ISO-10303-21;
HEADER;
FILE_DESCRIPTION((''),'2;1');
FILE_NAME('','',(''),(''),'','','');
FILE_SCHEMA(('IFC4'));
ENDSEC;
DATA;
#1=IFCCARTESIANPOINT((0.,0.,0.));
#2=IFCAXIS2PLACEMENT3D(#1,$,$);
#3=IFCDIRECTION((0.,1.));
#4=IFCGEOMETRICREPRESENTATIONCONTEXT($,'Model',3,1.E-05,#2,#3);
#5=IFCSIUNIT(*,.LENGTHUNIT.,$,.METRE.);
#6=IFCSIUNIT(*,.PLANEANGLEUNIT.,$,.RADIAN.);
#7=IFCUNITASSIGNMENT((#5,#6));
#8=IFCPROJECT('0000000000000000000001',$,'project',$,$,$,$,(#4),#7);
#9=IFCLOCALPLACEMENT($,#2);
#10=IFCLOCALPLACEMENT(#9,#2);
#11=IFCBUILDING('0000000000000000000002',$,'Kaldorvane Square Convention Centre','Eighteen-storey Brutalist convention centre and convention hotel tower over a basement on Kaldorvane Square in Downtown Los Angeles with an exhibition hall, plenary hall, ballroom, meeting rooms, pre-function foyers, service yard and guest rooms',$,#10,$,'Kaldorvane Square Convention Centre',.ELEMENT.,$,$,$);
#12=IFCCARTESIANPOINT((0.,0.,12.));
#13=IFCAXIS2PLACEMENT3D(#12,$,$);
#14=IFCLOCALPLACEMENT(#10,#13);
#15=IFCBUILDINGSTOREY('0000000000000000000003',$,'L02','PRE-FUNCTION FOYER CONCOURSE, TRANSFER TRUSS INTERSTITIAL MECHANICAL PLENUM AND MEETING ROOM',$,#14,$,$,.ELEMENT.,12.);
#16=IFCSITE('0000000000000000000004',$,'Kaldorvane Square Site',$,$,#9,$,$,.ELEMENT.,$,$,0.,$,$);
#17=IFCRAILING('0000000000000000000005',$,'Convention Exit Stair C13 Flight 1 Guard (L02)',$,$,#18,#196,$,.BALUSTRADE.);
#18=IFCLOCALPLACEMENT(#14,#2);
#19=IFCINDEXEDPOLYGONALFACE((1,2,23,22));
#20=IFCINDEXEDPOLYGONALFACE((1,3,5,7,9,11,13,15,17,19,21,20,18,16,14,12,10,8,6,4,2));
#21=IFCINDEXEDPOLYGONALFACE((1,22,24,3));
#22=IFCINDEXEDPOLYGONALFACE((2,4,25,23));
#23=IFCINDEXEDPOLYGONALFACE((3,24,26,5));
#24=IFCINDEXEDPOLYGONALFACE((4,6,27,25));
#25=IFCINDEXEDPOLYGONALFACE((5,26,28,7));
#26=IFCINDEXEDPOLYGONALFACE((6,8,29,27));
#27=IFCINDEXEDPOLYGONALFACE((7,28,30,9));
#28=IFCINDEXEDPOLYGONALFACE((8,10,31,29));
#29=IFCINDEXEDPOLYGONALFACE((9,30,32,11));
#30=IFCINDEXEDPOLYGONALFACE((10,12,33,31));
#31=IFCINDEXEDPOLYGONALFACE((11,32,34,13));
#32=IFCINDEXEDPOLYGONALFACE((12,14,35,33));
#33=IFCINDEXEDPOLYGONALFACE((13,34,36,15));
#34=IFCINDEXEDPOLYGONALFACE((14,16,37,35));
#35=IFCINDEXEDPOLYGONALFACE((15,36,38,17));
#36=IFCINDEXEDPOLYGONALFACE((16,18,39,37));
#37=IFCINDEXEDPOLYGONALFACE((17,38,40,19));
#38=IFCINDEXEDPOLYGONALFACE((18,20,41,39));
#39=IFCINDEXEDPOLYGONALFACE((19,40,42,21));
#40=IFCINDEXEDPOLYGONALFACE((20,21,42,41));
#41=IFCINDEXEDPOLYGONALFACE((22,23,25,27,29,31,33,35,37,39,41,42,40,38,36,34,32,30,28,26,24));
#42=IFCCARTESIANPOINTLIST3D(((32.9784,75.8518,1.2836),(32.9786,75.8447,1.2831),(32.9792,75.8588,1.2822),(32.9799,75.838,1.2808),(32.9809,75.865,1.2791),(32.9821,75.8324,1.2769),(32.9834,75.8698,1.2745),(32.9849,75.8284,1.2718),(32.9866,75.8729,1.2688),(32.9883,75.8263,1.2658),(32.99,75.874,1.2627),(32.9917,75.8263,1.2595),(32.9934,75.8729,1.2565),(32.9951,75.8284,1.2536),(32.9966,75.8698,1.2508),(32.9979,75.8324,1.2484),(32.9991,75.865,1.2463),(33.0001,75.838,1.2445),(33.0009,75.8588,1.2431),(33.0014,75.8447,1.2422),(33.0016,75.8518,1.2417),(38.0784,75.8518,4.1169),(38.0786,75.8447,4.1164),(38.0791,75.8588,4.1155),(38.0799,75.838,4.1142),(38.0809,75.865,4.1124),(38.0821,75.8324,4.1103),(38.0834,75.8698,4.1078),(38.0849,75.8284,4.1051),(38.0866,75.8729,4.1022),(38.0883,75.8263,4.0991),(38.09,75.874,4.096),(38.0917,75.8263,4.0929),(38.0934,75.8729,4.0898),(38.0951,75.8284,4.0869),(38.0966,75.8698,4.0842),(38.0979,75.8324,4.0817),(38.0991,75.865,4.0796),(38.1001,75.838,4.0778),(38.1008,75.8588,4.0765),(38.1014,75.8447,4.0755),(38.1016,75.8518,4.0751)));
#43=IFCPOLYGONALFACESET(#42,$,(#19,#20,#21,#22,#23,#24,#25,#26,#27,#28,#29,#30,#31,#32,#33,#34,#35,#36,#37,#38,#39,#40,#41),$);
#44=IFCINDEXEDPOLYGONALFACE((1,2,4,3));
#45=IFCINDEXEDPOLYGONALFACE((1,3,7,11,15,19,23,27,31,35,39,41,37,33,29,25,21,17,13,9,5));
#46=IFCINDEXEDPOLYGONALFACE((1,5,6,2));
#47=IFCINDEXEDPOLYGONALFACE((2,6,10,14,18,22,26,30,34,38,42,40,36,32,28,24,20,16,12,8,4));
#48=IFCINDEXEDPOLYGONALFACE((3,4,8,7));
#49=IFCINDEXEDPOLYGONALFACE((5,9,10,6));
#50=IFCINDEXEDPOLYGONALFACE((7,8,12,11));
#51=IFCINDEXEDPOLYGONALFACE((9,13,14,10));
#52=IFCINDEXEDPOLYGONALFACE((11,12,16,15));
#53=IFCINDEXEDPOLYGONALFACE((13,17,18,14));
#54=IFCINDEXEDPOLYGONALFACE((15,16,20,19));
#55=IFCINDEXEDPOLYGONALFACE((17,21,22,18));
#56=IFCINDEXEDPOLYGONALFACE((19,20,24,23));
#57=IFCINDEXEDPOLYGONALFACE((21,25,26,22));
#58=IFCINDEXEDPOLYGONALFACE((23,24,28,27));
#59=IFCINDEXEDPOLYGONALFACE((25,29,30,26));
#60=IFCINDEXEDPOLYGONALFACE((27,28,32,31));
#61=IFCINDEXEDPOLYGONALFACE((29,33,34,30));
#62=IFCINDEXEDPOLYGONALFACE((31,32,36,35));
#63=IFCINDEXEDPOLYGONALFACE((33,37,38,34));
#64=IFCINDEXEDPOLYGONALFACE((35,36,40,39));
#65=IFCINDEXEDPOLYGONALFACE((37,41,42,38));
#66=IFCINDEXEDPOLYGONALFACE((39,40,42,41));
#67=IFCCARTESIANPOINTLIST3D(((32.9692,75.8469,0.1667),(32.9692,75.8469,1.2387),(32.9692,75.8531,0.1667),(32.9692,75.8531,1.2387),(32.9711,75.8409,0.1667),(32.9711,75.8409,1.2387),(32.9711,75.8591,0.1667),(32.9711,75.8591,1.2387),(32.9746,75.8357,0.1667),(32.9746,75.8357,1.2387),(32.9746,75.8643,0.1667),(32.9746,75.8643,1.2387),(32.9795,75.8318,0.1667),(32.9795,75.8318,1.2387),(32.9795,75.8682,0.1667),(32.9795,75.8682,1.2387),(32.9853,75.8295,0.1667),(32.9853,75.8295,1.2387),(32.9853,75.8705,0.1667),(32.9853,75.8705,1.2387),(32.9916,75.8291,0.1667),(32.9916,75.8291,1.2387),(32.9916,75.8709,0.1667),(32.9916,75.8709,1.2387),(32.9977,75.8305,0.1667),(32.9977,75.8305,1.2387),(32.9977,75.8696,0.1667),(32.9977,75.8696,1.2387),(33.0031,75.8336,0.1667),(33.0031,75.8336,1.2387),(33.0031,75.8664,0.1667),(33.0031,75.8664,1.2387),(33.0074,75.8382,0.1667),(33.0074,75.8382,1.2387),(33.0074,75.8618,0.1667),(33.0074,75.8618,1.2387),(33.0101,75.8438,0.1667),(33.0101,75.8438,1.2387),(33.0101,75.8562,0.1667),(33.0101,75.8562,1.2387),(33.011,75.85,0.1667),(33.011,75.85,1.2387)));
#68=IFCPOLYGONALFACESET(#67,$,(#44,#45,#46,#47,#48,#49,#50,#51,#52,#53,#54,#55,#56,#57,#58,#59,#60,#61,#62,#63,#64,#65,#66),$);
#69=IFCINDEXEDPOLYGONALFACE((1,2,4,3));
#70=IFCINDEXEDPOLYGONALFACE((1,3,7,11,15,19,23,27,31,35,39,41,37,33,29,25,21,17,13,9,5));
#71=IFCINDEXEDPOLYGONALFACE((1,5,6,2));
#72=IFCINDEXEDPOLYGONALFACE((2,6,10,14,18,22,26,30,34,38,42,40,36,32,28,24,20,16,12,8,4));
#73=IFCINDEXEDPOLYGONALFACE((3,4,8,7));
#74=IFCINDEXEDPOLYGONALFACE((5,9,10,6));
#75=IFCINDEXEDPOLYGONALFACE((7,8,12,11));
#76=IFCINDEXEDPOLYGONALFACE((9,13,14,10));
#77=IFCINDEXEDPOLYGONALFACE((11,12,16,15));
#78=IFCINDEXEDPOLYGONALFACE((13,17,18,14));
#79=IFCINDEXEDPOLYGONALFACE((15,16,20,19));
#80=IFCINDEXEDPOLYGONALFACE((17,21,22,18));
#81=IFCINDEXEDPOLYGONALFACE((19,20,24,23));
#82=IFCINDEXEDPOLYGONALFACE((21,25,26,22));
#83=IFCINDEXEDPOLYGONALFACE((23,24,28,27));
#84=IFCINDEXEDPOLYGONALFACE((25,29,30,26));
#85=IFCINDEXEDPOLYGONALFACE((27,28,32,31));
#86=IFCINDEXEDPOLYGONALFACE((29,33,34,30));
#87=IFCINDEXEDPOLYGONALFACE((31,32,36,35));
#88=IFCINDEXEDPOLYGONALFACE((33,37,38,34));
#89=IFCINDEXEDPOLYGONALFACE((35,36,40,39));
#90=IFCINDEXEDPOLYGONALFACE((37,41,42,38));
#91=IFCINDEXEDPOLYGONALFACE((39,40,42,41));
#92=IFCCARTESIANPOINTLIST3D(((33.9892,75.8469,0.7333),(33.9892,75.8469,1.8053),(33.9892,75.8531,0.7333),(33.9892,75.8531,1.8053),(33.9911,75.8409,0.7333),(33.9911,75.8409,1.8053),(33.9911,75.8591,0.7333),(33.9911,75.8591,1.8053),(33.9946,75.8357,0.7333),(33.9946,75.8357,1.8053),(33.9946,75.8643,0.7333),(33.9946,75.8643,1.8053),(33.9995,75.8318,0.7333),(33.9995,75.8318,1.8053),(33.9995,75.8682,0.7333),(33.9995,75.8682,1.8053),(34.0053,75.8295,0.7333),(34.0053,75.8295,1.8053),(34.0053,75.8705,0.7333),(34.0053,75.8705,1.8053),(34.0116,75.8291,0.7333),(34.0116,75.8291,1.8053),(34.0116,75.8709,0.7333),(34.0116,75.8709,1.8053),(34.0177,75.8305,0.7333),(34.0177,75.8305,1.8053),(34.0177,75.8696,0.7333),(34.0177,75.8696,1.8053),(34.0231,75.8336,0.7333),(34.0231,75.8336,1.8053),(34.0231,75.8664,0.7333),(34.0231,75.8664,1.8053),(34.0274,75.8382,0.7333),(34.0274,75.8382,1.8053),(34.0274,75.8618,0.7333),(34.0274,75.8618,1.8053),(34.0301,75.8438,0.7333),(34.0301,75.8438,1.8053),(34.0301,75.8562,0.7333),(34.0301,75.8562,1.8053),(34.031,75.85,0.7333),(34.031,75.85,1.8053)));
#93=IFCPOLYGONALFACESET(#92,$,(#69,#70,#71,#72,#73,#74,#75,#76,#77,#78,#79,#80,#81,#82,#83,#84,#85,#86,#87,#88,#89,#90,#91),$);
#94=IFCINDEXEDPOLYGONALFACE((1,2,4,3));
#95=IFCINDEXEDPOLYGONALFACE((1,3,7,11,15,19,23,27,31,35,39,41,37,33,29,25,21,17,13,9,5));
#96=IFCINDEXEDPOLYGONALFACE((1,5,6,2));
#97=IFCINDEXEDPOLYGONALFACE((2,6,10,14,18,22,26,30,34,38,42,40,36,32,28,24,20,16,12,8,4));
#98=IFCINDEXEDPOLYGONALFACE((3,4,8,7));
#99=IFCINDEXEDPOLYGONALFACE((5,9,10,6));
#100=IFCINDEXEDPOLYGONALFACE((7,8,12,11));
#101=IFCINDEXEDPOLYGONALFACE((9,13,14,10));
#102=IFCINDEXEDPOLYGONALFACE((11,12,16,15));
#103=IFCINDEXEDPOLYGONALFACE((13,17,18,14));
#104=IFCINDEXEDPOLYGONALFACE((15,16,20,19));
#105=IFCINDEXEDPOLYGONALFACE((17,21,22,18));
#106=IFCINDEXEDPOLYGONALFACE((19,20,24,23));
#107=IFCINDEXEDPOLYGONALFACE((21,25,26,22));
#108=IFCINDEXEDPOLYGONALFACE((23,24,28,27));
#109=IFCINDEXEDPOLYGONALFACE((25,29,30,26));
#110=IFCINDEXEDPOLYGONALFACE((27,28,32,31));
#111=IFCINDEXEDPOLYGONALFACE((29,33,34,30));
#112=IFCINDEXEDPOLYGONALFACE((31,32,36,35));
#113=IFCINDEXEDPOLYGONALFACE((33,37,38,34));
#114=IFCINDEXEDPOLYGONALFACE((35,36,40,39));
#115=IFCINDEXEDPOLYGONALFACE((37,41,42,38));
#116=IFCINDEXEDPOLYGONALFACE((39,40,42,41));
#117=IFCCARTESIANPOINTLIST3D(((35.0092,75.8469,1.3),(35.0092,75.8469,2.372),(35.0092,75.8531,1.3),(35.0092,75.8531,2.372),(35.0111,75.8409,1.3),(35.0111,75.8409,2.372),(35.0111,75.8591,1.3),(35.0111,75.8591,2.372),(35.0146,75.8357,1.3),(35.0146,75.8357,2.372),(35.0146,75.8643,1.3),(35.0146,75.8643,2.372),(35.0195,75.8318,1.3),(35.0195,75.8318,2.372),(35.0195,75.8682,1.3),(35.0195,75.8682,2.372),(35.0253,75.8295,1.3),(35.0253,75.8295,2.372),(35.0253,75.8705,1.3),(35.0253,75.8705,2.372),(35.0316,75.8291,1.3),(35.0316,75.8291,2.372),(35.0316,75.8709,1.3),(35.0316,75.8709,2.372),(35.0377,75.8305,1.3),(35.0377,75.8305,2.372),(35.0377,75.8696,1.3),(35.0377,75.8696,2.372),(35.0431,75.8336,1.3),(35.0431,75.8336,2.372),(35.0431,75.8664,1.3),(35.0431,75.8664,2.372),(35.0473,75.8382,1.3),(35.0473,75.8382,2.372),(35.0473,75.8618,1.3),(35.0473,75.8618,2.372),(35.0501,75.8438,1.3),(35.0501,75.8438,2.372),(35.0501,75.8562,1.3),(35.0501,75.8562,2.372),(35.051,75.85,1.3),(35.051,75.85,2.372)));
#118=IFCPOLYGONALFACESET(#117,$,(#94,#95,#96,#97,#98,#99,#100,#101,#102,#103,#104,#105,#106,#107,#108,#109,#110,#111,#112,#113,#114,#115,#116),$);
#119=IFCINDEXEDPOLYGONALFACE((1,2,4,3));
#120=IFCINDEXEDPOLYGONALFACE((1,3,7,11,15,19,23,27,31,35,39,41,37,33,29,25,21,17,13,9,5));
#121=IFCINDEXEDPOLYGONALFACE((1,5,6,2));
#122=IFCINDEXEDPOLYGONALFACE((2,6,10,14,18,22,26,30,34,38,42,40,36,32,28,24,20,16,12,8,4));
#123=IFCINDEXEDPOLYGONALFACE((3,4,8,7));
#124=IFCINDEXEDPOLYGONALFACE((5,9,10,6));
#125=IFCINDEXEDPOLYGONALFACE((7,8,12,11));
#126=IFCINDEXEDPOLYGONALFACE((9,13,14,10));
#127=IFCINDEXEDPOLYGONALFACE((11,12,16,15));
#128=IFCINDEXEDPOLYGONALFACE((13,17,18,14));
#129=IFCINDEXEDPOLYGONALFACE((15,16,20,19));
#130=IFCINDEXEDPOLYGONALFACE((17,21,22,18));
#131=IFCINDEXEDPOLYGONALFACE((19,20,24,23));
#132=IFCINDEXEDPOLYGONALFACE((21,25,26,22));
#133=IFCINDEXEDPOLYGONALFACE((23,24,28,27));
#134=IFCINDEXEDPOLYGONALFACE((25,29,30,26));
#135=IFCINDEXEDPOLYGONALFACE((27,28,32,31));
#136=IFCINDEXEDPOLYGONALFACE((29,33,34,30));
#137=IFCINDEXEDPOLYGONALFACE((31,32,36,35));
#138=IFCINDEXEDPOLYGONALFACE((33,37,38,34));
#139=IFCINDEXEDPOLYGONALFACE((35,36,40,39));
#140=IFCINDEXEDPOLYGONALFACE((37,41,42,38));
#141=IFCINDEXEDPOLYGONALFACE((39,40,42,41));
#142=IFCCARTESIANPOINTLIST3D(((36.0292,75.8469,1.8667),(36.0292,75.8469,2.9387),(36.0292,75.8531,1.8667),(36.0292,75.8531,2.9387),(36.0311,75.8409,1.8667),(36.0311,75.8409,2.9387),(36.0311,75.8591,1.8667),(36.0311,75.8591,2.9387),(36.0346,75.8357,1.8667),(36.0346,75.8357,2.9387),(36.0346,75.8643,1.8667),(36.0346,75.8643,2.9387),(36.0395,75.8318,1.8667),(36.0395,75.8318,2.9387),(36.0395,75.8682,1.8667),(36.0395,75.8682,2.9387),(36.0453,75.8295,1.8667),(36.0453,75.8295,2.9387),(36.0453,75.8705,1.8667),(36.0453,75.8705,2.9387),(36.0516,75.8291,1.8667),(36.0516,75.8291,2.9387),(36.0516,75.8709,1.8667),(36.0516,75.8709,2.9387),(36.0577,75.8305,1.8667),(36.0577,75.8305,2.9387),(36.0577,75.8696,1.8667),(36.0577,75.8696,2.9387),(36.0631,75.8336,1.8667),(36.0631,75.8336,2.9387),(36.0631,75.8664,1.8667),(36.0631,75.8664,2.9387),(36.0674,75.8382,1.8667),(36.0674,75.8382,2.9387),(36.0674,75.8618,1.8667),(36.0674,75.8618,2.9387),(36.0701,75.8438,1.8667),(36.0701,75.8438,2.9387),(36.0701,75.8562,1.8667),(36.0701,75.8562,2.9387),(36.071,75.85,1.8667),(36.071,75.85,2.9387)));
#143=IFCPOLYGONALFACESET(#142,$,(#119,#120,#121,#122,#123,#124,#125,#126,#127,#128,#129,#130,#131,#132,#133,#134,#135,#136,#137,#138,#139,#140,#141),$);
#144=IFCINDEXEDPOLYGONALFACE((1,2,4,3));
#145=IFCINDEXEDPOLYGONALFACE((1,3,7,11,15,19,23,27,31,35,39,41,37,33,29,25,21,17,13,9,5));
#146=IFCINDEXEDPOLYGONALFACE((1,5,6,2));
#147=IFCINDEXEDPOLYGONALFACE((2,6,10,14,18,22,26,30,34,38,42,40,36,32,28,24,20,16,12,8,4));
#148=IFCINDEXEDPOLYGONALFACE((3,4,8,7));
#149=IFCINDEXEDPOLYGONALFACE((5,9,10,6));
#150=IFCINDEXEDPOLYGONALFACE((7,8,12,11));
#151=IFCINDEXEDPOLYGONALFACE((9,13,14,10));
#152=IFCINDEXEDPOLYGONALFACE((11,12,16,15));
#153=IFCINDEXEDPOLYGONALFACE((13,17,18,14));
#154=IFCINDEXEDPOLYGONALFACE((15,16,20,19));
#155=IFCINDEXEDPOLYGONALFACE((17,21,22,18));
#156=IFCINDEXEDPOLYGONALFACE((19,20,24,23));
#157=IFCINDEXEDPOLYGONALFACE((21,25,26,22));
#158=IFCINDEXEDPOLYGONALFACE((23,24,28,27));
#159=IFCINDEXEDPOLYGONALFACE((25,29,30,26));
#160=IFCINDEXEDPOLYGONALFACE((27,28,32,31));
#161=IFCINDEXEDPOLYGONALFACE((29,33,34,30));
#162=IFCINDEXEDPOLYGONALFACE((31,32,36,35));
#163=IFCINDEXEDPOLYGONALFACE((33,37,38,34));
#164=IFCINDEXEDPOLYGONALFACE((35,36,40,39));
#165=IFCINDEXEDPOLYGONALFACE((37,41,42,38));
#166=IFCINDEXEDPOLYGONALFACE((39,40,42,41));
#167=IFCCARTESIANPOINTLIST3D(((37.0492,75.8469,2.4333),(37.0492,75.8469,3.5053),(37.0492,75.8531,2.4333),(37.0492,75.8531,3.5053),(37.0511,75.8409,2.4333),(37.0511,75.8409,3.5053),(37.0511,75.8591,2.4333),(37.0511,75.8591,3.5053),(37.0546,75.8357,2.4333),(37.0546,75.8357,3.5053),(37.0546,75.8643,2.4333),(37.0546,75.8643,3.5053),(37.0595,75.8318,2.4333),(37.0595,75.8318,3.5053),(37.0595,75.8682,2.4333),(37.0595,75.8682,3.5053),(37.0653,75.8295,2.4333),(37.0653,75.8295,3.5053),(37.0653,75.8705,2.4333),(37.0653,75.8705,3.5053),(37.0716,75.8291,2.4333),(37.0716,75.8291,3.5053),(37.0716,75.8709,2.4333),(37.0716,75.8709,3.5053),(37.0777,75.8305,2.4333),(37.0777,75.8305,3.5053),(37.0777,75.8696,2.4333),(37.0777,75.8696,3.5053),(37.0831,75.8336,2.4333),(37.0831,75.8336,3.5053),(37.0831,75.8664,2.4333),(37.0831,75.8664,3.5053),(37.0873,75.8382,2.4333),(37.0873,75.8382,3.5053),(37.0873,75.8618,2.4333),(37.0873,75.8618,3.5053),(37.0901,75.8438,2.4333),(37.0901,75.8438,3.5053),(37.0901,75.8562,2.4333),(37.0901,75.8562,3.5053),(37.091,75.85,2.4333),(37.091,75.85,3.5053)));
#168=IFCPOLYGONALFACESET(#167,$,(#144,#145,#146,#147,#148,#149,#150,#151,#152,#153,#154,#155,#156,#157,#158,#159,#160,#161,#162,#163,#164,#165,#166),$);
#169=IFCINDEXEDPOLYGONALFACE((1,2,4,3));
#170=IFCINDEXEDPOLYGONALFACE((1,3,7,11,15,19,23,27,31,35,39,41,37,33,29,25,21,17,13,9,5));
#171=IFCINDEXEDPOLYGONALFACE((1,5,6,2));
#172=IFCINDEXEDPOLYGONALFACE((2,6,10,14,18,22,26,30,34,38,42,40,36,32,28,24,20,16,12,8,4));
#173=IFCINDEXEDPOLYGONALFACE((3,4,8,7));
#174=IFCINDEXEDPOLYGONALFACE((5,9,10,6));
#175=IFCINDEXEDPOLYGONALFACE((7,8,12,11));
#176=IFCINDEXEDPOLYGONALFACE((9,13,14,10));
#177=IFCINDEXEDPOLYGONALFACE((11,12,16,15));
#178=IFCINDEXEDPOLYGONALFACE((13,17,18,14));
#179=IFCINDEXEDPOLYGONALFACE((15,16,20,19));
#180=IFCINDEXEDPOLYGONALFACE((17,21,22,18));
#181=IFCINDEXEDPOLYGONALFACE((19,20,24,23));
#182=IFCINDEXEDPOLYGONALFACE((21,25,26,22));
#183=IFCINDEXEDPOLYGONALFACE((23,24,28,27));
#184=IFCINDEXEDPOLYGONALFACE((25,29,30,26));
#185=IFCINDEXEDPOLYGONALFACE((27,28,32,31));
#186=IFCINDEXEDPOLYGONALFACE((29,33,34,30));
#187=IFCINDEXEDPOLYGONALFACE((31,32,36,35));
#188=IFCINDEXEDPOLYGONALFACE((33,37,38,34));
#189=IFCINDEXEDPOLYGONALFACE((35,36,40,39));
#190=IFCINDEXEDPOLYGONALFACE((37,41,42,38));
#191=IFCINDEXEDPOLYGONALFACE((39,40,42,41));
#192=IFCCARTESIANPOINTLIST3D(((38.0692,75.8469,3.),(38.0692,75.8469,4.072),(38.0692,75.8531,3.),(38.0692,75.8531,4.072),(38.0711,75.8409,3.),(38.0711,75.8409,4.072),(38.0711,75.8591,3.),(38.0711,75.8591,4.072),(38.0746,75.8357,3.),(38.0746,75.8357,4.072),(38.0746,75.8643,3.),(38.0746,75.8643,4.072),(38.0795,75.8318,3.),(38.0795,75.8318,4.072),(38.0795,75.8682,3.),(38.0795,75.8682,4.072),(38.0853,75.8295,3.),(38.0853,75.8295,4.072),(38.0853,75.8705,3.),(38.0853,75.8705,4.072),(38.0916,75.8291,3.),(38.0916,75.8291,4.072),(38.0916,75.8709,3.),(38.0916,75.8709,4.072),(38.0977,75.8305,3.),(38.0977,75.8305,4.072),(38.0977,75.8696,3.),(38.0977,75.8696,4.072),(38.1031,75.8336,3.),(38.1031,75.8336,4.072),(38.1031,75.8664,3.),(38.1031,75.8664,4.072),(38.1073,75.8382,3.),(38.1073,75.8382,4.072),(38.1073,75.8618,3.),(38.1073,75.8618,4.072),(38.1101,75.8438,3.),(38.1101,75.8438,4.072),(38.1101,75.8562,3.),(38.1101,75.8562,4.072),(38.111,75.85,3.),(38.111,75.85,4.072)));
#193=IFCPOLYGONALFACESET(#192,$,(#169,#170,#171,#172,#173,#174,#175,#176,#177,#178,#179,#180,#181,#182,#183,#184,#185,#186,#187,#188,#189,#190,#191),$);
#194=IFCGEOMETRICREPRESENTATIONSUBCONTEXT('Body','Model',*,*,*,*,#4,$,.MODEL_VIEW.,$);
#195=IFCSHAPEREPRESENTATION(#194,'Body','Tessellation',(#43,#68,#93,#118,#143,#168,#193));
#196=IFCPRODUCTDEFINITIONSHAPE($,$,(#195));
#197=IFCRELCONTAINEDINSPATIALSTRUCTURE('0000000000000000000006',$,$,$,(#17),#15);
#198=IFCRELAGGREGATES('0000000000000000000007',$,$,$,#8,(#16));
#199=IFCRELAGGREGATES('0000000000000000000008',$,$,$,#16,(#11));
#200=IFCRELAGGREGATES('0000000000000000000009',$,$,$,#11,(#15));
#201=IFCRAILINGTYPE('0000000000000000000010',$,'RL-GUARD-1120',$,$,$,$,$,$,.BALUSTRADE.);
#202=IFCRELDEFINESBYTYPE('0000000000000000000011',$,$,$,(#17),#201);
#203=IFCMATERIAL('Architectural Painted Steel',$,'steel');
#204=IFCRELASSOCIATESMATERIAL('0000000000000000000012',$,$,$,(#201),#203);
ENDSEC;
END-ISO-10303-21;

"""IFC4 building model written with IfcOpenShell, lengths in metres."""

from ifc_helpers import new_model, si_unit, direction, frame, origin, origin_2d, place, context, subcontext, project, spatial, circle, extrude, material, type_object, element, save


model = new_model("IFC4")

# Units and contexts
model_context = context("Model", 3, precision=1e-05, world=origin(), true_north=direction((0.0, 1.0)))
body_context = subcontext(model_context, "Body", "Model", "MODEL_VIEW")
ifc_project = project(units=[si_unit("LENGTHUNIT", "METRE"), si_unit("PLANEANGLEUNIT", "RADIAN")], contexts=[model_context])

# Site, building, storey
site_placement = place(None, origin())
site = spatial("IfcSite", under=ifc_project, at=site_placement, Name="Kaldorvane Square Site", CompositionType="ELEMENT", RefElevation=0.0)
building_placement = place(site_placement, origin())
building = spatial("IfcBuilding", under=site, at=building_placement, Name="Kaldorvane Square Convention Centre", Description="Eighteen-storey Brutalist convention centre and convention hotel tower over a basement on Kaldorvane Square in Downtown Los Angeles with an exhibition hall, plenary hall, ballroom, meeting rooms, pre-function foyers, service yard and guest rooms", LongName="Kaldorvane Square Convention Centre", CompositionType="ELEMENT")
storey_placement = place(building_placement, frame((0.0, 0.0, 12.0)))
storey = spatial("IfcBuildingStorey", under=building, at=storey_placement, Name="L02", Description="PRE-FUNCTION FOYER CONCOURSE, TRANSFER TRUSS INTERSTITIAL MECHANICAL PLENUM AND MEETING ROOM", CompositionType="ELEMENT", Elevation=12.0)

# Railing
ifc_material_1 = material(Name="Architectural Painted Steel", Category="steel")
railing_type_1 = type_object("IfcRailingType", Name="RL-GUARD-1120", PredefinedType="BALUSTRADE", material=ifc_material_1)
railing_1_placement = place(storey_placement, frame((32.99, 75.85, 0.1667)))
element("IfcRailing", 1, at=railing_1_placement, inside=storey, type_object=railing_type_1, Name="Convention Exit Stair C13 Flight 1 Guard (L02)", PredefinedType="BALUSTRADE", context=body_context, shape_type="SweptSolid", body=[
    extrude(circle(Radius=0.024, at=origin_2d()), frame((0.0, 0.0, 1.096), z_axis=(0.874157, 0.0, 0.485643), x_axis=(0.0, 1.0, 0.0)), (0.0, 0.0, 1.0), 5.8342),
    extrude(circle(Radius=0.021, at=origin_2d()), origin(), (0.0, 0.0, 1.0), 1.072),
    extrude(circle(Radius=0.021, at=origin_2d()), frame((1.02, 0.0, 0.5667)), (0.0, 0.0, 1.0), 1.072),
    extrude(circle(Radius=0.021, at=origin_2d()), frame((2.04, 0.0, 1.1333)), (0.0, 0.0, 1.0), 1.072),
    extrude(circle(Radius=0.021, at=origin_2d()), frame((3.06, 0.0, 1.7)), (0.0, 0.0, 1.0), 1.072),
    extrude(circle(Radius=0.021, at=origin_2d()), frame((4.08, 0.0, 2.2667)), (0.0, 0.0, 1.0), 1.072),
    extrude(circle(Radius=0.021, at=origin_2d()), frame((5.1, 0.0, 2.8333)), (0.0, 0.0, 1.0), 1.072),
])

save(model, "model.ifc")
